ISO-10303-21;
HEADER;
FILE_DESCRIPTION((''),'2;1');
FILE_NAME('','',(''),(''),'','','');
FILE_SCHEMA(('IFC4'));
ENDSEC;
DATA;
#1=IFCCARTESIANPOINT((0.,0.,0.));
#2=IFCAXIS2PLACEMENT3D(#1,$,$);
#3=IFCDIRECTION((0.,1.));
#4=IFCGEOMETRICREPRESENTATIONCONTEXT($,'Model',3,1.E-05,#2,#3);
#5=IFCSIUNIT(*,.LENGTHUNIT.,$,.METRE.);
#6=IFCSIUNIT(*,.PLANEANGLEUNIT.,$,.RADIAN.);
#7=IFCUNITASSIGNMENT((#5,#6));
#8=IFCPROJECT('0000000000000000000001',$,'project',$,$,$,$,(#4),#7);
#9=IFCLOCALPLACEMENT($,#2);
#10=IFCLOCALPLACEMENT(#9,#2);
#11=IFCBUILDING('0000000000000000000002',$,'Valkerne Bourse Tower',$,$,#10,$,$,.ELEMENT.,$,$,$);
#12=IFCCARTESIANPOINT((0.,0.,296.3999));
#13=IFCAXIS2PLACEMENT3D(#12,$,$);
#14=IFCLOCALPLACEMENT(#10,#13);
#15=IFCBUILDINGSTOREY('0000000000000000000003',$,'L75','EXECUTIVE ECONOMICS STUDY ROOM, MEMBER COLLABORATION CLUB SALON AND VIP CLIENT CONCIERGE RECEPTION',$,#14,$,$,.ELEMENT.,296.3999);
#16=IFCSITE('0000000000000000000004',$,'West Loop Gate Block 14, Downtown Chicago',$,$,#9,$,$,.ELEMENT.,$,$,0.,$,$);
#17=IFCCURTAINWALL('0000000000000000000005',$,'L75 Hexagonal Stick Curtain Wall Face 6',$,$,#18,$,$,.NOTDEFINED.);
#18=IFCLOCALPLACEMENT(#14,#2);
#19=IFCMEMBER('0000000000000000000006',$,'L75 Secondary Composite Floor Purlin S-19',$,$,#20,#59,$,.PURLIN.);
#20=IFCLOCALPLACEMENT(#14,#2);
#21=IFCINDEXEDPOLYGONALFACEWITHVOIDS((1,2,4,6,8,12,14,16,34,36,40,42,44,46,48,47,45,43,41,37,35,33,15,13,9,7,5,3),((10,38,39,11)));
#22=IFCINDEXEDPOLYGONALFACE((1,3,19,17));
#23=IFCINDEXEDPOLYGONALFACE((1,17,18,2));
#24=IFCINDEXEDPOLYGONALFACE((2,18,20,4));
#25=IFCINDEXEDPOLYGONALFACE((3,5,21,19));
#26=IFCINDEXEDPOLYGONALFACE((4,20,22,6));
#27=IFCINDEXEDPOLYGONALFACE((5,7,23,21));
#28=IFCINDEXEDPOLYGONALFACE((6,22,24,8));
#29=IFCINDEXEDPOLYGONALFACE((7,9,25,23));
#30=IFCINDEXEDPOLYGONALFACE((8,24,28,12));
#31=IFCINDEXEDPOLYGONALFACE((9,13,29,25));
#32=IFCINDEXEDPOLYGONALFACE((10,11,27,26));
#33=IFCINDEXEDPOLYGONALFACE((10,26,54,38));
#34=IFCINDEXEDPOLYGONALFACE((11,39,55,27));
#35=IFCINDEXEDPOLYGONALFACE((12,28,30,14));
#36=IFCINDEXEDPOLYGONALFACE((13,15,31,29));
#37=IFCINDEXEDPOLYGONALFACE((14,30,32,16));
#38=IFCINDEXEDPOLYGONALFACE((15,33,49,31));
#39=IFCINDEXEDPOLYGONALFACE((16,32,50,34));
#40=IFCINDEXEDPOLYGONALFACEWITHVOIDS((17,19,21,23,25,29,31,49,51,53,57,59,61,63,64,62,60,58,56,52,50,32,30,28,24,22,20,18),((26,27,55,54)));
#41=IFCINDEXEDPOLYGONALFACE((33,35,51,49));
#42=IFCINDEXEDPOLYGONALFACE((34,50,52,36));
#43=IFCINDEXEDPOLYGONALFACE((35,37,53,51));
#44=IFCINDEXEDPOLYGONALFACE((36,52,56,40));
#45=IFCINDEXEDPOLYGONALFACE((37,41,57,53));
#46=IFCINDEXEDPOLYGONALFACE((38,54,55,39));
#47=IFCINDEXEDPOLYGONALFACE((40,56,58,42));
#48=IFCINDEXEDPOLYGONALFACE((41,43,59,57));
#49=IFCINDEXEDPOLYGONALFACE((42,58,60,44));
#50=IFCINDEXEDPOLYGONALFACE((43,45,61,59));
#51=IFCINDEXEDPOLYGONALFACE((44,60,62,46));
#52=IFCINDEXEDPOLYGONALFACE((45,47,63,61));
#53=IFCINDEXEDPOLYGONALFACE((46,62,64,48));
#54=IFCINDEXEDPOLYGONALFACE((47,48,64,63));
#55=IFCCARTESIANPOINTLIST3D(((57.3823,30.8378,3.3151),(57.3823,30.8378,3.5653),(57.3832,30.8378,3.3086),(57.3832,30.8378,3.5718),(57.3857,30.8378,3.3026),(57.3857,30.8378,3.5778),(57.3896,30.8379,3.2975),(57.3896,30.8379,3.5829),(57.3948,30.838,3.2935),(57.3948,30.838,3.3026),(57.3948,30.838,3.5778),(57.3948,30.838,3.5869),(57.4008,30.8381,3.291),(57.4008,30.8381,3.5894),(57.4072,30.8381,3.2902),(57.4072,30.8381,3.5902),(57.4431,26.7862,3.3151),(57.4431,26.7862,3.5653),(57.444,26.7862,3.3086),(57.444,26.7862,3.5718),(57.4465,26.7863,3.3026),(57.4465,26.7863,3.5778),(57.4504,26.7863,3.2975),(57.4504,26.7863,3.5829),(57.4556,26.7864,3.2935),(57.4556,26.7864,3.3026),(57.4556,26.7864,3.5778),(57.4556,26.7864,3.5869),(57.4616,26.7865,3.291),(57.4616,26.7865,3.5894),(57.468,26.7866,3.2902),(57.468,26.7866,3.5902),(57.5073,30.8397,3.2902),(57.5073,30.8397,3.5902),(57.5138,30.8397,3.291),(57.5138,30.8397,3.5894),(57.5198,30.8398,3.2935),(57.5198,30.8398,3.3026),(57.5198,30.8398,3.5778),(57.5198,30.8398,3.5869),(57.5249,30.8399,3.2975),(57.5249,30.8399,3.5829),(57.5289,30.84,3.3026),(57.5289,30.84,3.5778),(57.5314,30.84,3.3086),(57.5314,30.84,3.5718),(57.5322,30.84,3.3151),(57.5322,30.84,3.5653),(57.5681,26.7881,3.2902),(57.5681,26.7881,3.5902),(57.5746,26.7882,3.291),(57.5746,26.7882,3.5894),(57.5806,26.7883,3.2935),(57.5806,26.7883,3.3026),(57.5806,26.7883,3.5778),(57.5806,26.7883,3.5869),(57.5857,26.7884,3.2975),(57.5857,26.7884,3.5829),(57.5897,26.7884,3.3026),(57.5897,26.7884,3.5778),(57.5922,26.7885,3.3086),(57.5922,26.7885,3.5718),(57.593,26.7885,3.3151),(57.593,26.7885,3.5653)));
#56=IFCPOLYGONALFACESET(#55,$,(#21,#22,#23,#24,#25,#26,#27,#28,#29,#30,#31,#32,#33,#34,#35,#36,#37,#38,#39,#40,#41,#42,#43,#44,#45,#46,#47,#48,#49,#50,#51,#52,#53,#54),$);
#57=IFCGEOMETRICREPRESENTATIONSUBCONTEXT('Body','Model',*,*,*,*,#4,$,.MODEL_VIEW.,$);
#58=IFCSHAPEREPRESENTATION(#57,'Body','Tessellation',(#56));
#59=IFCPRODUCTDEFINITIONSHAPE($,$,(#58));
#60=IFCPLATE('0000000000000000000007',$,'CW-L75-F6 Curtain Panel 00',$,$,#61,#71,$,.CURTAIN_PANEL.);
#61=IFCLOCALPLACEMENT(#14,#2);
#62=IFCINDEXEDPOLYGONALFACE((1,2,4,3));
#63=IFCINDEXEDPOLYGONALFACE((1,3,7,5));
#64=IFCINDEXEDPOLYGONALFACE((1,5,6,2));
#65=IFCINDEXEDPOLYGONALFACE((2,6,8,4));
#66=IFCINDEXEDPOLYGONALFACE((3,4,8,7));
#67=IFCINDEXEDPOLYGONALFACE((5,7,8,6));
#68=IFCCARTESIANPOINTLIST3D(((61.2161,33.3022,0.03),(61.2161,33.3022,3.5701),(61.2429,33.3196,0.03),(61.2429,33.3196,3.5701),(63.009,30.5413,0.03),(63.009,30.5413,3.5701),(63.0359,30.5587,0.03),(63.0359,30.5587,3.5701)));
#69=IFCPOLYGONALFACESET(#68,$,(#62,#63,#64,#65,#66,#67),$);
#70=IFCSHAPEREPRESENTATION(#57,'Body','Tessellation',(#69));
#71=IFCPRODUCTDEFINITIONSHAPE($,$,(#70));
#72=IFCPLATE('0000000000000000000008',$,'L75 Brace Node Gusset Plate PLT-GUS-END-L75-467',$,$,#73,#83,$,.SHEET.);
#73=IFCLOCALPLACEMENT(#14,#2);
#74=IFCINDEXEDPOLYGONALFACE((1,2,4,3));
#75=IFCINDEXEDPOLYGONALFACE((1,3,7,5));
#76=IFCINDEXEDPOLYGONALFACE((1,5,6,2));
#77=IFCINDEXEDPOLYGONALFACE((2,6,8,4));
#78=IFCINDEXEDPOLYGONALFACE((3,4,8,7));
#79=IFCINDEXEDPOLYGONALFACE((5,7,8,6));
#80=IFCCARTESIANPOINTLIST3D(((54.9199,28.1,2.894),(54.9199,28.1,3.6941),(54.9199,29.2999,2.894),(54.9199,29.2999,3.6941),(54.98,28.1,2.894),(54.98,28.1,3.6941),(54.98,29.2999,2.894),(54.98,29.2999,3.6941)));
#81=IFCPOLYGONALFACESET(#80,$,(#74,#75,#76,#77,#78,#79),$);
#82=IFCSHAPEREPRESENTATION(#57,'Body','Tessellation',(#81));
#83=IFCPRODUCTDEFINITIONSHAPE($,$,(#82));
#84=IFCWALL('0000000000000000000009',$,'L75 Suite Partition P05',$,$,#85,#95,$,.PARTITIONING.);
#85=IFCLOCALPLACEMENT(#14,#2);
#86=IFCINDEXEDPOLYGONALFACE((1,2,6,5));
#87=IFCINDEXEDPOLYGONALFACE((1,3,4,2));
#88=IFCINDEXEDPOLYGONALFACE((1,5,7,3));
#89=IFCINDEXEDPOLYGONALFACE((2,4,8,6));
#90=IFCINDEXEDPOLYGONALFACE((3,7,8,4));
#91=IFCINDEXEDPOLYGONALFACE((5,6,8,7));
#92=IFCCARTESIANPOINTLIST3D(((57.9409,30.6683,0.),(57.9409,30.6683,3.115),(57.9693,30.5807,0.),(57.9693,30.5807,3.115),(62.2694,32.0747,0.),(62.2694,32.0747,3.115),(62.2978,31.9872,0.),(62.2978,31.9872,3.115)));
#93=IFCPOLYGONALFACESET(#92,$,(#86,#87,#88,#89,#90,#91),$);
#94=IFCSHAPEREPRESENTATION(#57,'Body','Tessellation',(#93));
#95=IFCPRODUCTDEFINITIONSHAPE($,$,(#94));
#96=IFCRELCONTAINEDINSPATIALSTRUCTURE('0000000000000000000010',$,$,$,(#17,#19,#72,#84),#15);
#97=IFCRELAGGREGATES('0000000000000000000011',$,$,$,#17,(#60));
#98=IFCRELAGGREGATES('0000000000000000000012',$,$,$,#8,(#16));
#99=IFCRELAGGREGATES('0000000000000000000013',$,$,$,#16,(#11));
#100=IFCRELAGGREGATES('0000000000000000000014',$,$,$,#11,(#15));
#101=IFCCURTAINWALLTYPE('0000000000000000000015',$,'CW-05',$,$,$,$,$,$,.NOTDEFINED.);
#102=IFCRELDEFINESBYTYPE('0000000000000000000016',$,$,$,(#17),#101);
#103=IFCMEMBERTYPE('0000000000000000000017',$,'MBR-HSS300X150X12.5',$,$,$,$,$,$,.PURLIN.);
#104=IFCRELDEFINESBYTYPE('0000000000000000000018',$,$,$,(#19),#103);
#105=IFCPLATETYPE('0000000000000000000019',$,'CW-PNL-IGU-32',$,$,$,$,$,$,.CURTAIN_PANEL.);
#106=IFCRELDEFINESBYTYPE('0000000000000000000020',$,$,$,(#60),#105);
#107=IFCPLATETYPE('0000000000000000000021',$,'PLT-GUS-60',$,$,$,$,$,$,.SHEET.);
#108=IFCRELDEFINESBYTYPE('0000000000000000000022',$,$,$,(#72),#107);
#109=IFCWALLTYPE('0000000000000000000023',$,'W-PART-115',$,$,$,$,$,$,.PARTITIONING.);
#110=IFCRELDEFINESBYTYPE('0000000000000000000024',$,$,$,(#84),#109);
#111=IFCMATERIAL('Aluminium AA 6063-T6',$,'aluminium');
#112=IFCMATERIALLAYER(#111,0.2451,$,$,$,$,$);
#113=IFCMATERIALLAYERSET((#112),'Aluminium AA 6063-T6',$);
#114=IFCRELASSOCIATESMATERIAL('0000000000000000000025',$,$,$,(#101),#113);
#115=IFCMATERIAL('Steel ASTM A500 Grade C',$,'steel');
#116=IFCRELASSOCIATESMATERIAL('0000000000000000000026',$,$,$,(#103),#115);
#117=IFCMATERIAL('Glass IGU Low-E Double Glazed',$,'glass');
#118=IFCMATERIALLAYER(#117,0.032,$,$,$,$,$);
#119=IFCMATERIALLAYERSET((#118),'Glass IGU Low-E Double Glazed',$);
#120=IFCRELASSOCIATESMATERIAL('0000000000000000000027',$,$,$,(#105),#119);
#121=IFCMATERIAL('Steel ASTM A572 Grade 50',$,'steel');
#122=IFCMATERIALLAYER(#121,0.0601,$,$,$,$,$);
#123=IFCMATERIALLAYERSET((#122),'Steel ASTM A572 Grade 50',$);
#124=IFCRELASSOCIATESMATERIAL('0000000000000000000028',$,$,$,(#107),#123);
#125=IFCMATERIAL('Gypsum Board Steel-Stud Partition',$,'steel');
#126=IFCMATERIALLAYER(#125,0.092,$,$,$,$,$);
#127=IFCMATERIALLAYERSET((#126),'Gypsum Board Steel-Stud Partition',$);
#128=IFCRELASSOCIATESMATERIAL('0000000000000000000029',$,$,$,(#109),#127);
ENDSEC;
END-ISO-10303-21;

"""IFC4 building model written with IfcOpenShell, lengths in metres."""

from ifc_helpers import new_model, si_unit, direction, frame, frame_2d, origin, origin_2d, place, context, subcontext, project, spatial, rectangle, hollow_rectangle, extrude, material, layer, layer_set, material_profile, profile_set, type_object, element, aggregate, save


model = new_model("IFC4")

# Units and contexts
model_context = context("Model", 3, precision=1e-05, world=origin(), true_north=direction((0.0, 1.0)))
body_context = subcontext(model_context, "Body", "Model", "MODEL_VIEW")
ifc_project = project(units=[si_unit("LENGTHUNIT", "METRE"), si_unit("PLANEANGLEUNIT", "RADIAN")], contexts=[model_context])

# Site, building, storey
site_placement = place(None, origin())
site = spatial("IfcSite", under=ifc_project, at=site_placement, Name="West Loop Gate Block 14, Downtown Chicago", CompositionType="ELEMENT", RefElevation=0.0)
building_placement = place(site_placement, origin())
building = spatial("IfcBuilding", under=site, at=building_placement, Name="Valkerne Bourse Tower", CompositionType="ELEMENT")
storey_placement = place(building_placement, frame((0.0, 0.0, 296.3999)))
storey = spatial("IfcBuildingStorey", under=building, at=storey_placement, Name="L75", Description="EXECUTIVE ECONOMICS STUDY ROOM, MEMBER COLLABORATION CLUB SALON AND VIP CLIENT CONCIERGE RECEPTION", CompositionType="ELEMENT", Elevation=296.3999)

# Shared definitions
ifc_material_1 = material(Name="Steel ASTM A500 Grade C", Category="steel")

# Curtain wall
ifc_material_2 = material(Name="Aluminium AA 6063-T6", Category="aluminium")
ifc_layer_1 = layer(ifc_material_2, 0.2451)
ifc_layer_set_1 = layer_set([ifc_layer_1], Name="Aluminium AA 6063-T6")
curtain_wall_type = type_object("IfcCurtainWallType", Name="CW-05", PredefinedType="NOTDEFINED", material=ifc_layer_set_1)
curtain_wall_placement = place(storey_placement, origin())
curtain_wall = element("IfcCurtainWall", 1, at=curtain_wall_placement, inside=storey, type_object=curtain_wall_type, Name="L75 Hexagonal Stick Curtain Wall Face 6", PredefinedType="NOTDEFINED")

# Member
ifc_material_profile_1 = material_profile(ifc_material_1, hollow_rectangle(XDim=0.1499, YDim=0.3, WallThickness=0.0125, OuterFilletRadius=0.0249, at=origin_2d()), Name="HSS300X150X12.5")
ifc_profile_set_1 = profile_set([ifc_material_profile_1], Name="Steel ASTM A500 Grade C")
member_type_1 = type_object("IfcMemberType", Name="MBR-HSS300X150X12.5", PredefinedType="PURLIN", material=ifc_profile_set_1)
member_1_placement = place(storey_placement, frame((57.5181, 26.7874, 3.4402), z_axis=(-0.015003, 0.999887, 0.0), x_axis=(-0.999887, -0.015003, 0.0)))
element("IfcMember", 2, at=member_1_placement, inside=storey, type_object=member_type_1, Name="L75 Secondary Composite Floor Purlin S-19", PredefinedType="PURLIN", context=body_context, shape_type="SweptSolid", body=[
    extrude(hollow_rectangle(XDim=0.1499, YDim=0.3, WallThickness=0.0125, OuterFilletRadius=0.0249, at=origin_2d()), origin(), (0.0, 0.0, 1.0), 4.052),
])

# Plates
ifc_material_3 = material(Name="Glass IGU Low-E Double Glazed", Category="glass")
ifc_layer_2 = layer(ifc_material_3, 0.032)
ifc_layer_set_2 = layer_set([ifc_layer_2], Name="Glass IGU Low-E Double Glazed")
plate_type_1 = type_object("IfcPlateType", Name="CW-PNL-IGU-32", PredefinedType="CURTAIN_PANEL", material=ifc_layer_set_2)
plate_1_placement = place(storey_placement, frame((62.126, 31.9304, 0.03), z_axis=(0.0, 0.0, 1.0), x_axis=(-0.544634, 0.838674, 0.0)))
plate_1 = element("IfcPlate", 3, at=plate_1_placement, type_object=plate_type_1, Name="CW-L75-F6 Curtain Panel 00", PredefinedType="CURTAIN_PANEL", context=body_context, shape_type="SweptSolid", body=[
    extrude(rectangle(XDim=3.292, YDim=0.032, at=origin_2d()), origin(), (0.0, 0.0, 1.0), 3.54),
])
aggregate(curtain_wall, [plate_1])
ifc_material_4 = material(Name="Steel ASTM A572 Grade 50", Category="steel")
ifc_layer_3 = layer(ifc_material_4, 0.0601)
ifc_layer_set_3 = layer_set([ifc_layer_3], Name="Steel ASTM A572 Grade 50")
plate_type_2 = type_object("IfcPlateType", Name="PLT-GUS-60", PredefinedType="SHEET", material=ifc_layer_set_3)
plate_2_placement = place(storey_placement, frame((54.95, 28.7, 2.894), z_axis=(0.0, 0.0, 1.0), x_axis=(0.0, 1.0, 0.0)))
element("IfcPlate", 4, at=plate_2_placement, inside=storey, type_object=plate_type_2, Name="L75 Brace Node Gusset Plate PLT-GUS-END-L75-467", PredefinedType="SHEET", context=body_context, shape_type="SweptSolid", body=[
    extrude(rectangle(XDim=1.2, YDim=0.0601, at=origin_2d()), origin(), (0.0, 0.0, 1.0), 0.8),
])

# Wall
ifc_material_5 = material(Name="Gypsum Board Steel-Stud Partition", Category="steel")
ifc_layer_4 = layer(ifc_material_5, 0.092)
ifc_layer_set_4 = layer_set([ifc_layer_4], Name="Gypsum Board Steel-Stud Partition")
wall_type = type_object("IfcWallType", Name="W-PART-115", PredefinedType="PARTITIONING", material=ifc_layer_set_4)
wall_placement = place(storey_placement, frame((57.9551, 30.6245, 0.0), z_axis=(0.0, 0.0, 1.0), x_axis=(0.951054, 0.309025, 0.0)))
element("IfcWall", 5, at=wall_placement, inside=storey, type_object=wall_type, Name="L75 Suite Partition P05", PredefinedType="PARTITIONING", context=body_context, shape_type="SweptSolid", body=[
    extrude(rectangle(XDim=4.5513, YDim=0.092, at=frame_2d((2.2756, 0.0))), origin(), (0.0, 0.0, 1.0), 3.115),
])

save(model, "model.ifc")
